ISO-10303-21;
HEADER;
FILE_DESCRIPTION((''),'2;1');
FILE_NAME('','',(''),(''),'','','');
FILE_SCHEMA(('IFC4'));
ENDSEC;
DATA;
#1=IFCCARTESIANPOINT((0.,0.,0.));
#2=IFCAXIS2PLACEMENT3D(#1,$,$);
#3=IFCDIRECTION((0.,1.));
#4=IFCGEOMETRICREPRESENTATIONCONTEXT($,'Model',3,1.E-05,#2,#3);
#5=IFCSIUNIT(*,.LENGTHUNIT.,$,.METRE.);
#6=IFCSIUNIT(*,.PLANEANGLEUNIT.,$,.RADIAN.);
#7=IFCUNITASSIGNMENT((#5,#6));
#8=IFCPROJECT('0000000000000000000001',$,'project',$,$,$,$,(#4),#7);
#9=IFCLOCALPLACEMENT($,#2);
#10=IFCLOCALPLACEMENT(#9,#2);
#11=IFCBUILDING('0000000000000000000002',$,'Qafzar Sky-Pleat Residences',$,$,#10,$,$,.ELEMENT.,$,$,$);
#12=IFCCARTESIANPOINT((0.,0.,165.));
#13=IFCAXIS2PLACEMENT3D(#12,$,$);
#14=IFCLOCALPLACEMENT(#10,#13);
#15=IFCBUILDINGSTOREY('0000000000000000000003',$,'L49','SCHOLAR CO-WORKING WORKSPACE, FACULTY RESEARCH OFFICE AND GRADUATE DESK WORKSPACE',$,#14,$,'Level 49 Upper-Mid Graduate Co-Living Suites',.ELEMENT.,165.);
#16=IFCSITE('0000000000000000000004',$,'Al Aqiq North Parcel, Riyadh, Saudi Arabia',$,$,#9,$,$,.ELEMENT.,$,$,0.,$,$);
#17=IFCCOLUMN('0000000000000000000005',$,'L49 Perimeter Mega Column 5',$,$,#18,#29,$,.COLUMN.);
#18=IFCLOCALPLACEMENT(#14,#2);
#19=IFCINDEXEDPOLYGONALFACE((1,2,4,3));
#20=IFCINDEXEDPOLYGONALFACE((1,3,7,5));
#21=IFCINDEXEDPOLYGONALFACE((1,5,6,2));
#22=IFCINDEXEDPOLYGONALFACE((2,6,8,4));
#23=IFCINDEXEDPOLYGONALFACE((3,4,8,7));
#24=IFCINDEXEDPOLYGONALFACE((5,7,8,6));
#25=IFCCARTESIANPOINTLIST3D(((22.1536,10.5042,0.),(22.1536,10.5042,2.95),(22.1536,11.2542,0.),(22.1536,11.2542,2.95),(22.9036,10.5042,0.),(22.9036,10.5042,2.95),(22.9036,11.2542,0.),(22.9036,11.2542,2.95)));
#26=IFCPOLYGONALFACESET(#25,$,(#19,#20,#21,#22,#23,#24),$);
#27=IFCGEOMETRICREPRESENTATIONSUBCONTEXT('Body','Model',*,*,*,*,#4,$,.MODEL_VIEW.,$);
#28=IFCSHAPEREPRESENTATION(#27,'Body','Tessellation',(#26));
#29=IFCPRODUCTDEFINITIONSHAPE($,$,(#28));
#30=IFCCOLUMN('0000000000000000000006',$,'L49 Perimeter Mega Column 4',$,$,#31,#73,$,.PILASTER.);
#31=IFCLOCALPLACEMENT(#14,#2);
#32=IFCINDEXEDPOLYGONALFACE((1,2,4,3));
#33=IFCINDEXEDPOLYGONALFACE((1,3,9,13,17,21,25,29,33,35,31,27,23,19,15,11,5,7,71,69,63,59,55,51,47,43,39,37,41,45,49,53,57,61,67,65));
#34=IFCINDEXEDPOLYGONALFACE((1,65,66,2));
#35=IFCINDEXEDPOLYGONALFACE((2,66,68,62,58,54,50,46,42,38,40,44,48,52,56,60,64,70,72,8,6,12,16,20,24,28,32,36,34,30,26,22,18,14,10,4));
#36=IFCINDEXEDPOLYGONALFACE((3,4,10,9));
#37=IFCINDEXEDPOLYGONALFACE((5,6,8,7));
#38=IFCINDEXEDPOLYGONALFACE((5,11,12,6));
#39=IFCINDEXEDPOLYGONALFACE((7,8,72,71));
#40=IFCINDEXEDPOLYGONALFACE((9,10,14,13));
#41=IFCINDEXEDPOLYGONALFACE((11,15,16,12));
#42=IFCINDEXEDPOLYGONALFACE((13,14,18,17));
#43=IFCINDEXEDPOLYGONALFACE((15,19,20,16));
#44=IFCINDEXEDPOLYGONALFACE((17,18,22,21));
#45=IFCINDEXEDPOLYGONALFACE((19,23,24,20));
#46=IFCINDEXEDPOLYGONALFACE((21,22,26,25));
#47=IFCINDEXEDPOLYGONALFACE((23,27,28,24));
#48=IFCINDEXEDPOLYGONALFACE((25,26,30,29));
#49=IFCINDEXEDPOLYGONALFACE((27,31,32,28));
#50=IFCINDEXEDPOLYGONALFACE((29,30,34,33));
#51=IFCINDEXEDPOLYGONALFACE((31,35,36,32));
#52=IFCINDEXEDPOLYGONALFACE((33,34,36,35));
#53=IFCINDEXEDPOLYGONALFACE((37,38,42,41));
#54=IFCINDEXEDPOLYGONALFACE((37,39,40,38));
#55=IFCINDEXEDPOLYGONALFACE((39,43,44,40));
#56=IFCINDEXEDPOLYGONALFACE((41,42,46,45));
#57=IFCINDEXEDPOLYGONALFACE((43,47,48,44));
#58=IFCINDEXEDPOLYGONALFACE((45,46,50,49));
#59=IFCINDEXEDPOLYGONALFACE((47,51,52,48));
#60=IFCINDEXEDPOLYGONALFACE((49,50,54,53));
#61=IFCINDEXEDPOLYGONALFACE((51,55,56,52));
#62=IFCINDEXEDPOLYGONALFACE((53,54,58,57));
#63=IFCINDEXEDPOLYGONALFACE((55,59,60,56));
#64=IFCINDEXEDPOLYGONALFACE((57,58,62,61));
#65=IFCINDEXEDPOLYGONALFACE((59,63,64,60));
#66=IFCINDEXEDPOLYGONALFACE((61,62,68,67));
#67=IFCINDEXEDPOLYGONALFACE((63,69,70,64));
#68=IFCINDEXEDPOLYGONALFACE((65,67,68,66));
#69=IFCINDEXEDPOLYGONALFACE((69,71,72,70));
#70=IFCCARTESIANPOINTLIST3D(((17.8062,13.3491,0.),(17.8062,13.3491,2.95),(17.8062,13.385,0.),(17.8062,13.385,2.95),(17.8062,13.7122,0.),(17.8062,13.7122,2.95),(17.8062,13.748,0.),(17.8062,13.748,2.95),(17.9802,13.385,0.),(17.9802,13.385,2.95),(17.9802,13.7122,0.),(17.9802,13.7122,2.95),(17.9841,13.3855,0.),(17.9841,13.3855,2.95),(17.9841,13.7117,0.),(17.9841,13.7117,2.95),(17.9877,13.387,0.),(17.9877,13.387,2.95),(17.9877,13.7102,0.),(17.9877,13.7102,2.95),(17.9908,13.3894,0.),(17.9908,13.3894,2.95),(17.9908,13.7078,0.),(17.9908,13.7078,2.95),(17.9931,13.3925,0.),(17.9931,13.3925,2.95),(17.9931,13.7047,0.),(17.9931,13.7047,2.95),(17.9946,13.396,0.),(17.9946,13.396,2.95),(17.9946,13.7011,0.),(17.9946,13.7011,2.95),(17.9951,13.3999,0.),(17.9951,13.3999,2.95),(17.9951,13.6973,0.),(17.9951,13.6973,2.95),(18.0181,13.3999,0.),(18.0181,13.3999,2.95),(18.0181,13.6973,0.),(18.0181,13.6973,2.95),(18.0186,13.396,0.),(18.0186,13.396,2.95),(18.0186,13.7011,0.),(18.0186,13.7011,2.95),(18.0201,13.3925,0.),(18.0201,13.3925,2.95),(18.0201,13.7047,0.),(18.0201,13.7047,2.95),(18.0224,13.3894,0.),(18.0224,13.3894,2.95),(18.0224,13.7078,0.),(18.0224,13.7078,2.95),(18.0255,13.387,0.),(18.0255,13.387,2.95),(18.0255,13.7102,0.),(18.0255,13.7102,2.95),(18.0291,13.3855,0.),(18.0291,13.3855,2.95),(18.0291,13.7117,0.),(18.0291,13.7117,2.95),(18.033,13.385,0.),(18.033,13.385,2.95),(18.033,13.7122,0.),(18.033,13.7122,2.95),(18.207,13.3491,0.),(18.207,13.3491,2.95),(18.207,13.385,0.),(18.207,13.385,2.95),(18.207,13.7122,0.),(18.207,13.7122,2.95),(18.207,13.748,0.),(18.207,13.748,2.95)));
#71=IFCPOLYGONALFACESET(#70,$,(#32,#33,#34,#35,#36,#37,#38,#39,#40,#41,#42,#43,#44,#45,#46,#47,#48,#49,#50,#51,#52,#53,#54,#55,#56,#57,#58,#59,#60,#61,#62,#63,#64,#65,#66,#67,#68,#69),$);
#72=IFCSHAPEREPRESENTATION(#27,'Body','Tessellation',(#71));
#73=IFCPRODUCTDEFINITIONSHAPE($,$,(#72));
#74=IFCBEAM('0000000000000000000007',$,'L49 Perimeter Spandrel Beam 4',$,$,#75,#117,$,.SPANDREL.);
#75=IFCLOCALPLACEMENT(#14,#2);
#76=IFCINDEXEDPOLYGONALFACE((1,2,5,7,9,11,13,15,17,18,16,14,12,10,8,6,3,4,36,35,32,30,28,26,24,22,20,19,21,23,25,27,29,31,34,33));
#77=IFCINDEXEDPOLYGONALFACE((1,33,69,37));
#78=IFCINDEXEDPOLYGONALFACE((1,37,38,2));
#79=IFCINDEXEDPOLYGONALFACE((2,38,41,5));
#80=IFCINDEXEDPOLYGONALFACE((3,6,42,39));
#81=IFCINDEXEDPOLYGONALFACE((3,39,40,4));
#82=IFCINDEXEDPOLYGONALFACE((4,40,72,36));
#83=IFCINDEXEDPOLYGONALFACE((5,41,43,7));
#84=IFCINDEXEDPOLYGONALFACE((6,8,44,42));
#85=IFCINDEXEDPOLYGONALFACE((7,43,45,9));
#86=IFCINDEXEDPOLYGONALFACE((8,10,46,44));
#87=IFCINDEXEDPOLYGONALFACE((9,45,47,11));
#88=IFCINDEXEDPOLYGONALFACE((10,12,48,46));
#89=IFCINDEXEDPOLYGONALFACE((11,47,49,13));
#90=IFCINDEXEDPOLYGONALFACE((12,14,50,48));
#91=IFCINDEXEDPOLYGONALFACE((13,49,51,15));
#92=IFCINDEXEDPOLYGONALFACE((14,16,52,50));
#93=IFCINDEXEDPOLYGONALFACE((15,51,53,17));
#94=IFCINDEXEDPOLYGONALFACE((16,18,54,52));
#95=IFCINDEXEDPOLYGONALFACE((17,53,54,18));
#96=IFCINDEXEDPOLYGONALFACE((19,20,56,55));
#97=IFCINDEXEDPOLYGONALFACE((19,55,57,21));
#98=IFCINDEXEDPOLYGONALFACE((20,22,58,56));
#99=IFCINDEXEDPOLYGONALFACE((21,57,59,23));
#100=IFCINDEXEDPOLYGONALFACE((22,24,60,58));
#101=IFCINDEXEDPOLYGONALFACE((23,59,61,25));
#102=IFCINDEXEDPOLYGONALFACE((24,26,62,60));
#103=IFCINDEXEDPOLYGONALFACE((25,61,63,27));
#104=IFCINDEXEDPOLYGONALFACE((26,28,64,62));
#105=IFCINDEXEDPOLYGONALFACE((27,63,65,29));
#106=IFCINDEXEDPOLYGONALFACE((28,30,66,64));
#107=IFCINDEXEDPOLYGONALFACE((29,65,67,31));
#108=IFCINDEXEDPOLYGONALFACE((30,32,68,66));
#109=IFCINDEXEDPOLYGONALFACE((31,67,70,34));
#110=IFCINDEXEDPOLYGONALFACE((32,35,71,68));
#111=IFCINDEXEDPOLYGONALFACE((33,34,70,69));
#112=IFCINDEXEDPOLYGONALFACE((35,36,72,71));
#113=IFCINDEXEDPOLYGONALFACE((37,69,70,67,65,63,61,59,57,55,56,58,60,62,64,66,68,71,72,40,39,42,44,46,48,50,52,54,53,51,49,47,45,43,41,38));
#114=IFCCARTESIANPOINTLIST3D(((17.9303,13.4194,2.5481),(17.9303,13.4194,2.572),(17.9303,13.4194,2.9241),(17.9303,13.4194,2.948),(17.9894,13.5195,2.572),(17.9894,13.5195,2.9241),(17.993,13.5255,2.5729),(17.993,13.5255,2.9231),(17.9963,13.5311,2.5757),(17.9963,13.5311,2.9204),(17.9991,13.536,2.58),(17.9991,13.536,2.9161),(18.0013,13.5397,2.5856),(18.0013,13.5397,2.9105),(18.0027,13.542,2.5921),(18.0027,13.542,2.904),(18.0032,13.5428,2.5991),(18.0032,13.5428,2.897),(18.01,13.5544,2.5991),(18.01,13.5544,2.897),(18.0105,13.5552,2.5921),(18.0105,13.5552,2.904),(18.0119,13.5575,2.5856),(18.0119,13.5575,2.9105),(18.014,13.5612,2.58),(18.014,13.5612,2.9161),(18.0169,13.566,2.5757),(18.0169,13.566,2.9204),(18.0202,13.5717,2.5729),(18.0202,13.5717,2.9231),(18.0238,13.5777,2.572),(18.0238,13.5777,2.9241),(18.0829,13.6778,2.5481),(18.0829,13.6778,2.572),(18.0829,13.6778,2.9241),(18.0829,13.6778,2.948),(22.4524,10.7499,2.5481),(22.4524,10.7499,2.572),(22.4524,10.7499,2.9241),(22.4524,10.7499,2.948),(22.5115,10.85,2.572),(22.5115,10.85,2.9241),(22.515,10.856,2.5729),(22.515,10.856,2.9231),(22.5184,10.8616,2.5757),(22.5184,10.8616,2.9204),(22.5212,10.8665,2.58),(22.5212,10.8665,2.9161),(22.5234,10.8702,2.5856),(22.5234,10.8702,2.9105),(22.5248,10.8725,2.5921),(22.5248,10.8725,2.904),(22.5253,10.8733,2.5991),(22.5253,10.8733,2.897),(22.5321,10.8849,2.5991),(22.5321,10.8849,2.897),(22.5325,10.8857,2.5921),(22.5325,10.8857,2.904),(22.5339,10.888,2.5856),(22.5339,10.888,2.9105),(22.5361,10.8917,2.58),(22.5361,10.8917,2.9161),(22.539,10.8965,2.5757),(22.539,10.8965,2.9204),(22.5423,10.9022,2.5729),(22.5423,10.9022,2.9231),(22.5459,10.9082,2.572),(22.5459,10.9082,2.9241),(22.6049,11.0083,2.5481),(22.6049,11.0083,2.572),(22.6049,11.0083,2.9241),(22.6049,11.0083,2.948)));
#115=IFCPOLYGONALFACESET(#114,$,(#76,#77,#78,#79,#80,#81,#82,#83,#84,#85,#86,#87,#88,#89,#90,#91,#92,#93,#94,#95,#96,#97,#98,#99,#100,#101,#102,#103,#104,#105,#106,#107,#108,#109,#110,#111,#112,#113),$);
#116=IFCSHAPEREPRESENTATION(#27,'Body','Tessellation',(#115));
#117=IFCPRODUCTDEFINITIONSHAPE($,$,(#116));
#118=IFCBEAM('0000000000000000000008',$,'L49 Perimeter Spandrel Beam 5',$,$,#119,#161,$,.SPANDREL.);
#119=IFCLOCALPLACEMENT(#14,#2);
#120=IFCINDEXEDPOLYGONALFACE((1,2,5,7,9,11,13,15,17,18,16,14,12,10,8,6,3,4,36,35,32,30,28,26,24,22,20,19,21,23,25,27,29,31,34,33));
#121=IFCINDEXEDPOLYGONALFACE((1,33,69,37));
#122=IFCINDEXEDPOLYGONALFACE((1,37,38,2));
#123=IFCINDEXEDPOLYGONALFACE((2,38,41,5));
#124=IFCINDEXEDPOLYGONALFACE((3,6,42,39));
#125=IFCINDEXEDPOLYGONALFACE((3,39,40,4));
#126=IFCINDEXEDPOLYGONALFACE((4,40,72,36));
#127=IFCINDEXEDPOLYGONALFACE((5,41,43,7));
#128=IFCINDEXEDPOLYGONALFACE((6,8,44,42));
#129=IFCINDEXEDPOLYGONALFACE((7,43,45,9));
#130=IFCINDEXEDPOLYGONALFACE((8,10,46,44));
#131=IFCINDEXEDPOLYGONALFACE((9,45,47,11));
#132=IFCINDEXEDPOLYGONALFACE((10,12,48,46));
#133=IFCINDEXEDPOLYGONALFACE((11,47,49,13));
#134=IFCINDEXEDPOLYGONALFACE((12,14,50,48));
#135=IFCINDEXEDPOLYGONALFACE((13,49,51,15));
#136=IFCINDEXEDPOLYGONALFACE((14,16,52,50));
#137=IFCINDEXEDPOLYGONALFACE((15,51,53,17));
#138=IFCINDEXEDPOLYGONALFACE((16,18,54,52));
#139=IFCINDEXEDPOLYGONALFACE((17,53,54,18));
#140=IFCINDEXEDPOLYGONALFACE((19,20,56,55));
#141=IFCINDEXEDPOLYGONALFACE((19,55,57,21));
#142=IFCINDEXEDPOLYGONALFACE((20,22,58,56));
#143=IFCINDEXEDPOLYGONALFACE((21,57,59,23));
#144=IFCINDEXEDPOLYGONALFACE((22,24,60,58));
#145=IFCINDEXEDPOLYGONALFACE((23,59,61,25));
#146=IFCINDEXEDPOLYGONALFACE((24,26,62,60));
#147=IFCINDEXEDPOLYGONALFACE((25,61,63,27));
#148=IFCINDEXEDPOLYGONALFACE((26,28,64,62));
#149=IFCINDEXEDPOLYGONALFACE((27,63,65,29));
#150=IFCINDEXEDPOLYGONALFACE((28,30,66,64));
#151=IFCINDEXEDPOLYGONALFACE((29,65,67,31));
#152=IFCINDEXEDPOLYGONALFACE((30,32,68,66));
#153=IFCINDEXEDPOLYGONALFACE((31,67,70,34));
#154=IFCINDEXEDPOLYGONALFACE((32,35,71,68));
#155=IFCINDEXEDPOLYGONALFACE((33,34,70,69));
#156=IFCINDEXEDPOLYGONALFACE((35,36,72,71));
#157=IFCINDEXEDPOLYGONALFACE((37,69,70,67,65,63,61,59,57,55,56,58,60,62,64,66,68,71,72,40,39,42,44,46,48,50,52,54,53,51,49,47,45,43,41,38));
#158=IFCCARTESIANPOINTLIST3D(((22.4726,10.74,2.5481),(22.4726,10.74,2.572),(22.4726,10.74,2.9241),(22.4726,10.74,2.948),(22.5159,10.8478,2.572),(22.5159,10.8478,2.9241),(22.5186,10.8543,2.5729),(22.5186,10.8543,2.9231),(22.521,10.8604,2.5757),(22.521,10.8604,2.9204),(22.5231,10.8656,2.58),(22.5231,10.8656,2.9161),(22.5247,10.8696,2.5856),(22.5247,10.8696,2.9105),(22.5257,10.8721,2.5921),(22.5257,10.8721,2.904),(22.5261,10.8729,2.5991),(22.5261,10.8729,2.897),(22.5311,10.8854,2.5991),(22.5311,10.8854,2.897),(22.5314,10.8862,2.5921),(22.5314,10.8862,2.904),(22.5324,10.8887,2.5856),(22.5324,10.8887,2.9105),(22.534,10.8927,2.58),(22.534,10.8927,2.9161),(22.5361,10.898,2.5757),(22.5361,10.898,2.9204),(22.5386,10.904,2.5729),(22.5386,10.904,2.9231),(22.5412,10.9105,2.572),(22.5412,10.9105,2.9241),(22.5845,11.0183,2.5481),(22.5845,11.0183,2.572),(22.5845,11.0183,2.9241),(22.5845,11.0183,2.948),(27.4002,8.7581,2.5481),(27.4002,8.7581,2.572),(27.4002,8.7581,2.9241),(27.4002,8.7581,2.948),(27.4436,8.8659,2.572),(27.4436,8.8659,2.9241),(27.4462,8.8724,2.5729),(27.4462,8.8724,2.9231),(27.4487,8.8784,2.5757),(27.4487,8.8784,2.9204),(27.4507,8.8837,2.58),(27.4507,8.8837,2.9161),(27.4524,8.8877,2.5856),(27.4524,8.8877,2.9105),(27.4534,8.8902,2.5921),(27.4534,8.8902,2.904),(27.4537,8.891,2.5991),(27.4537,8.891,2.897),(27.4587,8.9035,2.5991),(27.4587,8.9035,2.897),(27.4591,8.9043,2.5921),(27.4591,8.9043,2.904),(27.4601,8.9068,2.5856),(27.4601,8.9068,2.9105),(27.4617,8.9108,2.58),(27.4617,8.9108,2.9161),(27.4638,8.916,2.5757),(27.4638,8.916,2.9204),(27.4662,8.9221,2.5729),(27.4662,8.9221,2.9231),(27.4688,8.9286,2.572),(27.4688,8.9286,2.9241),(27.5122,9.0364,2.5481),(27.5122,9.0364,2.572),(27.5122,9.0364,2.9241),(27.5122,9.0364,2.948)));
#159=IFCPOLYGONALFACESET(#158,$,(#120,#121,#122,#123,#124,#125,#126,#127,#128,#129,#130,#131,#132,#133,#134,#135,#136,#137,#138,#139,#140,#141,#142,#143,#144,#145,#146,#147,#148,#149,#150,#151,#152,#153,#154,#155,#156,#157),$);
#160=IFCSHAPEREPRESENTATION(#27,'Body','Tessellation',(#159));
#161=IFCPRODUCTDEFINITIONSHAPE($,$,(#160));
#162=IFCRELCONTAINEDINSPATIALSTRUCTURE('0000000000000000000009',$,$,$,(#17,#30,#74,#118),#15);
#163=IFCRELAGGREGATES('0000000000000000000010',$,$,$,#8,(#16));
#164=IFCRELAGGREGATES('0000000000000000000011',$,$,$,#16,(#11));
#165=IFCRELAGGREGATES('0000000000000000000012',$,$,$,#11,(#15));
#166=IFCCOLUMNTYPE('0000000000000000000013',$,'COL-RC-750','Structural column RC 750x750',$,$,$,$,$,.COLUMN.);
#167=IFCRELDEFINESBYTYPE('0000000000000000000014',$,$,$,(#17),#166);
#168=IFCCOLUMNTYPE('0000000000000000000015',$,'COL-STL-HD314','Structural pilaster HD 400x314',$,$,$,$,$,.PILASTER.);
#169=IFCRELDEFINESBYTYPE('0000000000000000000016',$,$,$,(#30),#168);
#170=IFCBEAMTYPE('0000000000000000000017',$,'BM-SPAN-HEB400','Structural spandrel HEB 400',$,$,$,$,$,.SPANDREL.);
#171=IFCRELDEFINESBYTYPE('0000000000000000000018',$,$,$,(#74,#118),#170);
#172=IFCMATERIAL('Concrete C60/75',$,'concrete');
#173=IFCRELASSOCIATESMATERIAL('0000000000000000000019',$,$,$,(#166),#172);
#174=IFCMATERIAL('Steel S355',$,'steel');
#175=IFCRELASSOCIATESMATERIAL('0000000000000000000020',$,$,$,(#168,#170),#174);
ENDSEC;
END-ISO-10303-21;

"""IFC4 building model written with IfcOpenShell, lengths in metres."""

from ifc_helpers import new_model, si_unit, direction, frame, origin, origin_2d, place, context, subcontext, project, spatial, rectangle, i_section, extrude, source, transform, mapped, material, material_profile, profile_set, type_object, element, save


model = new_model("IFC4")

# Units and contexts
model_context = context("Model", 3, precision=1e-05, world=origin(), true_north=direction((0.0, 1.0)))
body_context = subcontext(model_context, "Body", "Model", "MODEL_VIEW")
ifc_project = project(units=[si_unit("LENGTHUNIT", "METRE"), si_unit("PLANEANGLEUNIT", "RADIAN")], contexts=[model_context])

# Site, building, storey
site_placement = place(None, origin())
site = spatial("IfcSite", under=ifc_project, at=site_placement, Name="Al Aqiq North Parcel, Riyadh, Saudi Arabia", CompositionType="ELEMENT", RefElevation=0.0)
building_placement = place(site_placement, origin())
building = spatial("IfcBuilding", under=site, at=building_placement, Name="Qafzar Sky-Pleat Residences", CompositionType="ELEMENT")
storey_placement = place(building_placement, frame((0.0, 0.0, 165.0)))
storey = spatial("IfcBuildingStorey", under=building, at=storey_placement, Name="L49", Description="SCHOLAR CO-WORKING WORKSPACE, FACULTY RESEARCH OFFICE AND GRADUATE DESK WORKSPACE", LongName="Level 49 Upper-Mid Graduate Co-Living Suites", CompositionType="ELEMENT", Elevation=165.0)

# Columns
ifc_material_1 = material(Name="Concrete C60/75", Category="concrete")
ifc_material_profile_1 = material_profile(ifc_material_1, rectangle(XDim=0.75, YDim=0.75, at=origin_2d()), Name="RC 750x750")
ifc_profile_set_1 = profile_set([ifc_material_profile_1], Name="Concrete C60/75")
column_type_1 = type_object("IfcColumnType", Name="COL-RC-750", Description="Structural column RC 750x750", PredefinedType="COLUMN", material=ifc_profile_set_1)
shared_shape_1 = source(origin(), body_context, "Body", "SweptSolid", [
    extrude(rectangle(XDim=0.75, YDim=0.75, at=origin_2d()), origin(), (0.0, 0.0, 1.0), 2.95),
])
column_1_placement = place(storey_placement, frame((22.5286, 10.8792, 0.0), z_axis=(0.0, 0.0, 1.0), x_axis=(1.0, 0.0, 0.0)))
element("IfcColumn", 1, at=column_1_placement, inside=storey, type_object=column_type_1, Name="L49 Perimeter Mega Column 5", PredefinedType="COLUMN", context=body_context, shape_type="MappedRepresentation", body=[
    mapped(shared_shape_1, transform((0.0, 0.0, 0.0), x_axis=(1.0, 0.0, 0.0), y_axis=(0.0, 1.0, 0.0), z_axis=(0.0, 0.0, 1.0), scale=1.0)),
])
ifc_material_2 = material(Name="Steel S355", Category="steel")
ifc_material_profile_2 = material_profile(ifc_material_2, i_section(OverallWidth=0.4009, OverallDepth=0.3989, WebThickness=0.0229, FlangeThickness=0.0359, FilletRadius=0.0149, at=origin_2d()), Name="HD 400x314")
ifc_profile_set_2 = profile_set([ifc_material_profile_2], Name="Steel S355")
column_type_2 = type_object("IfcColumnType", Name="COL-STL-HD314", Description="Structural pilaster HD 400x314", PredefinedType="PILASTER", material=ifc_profile_set_2)
shared_shape_2 = source(origin(), body_context, "Body", "SweptSolid", [
    extrude(i_section(OverallWidth=0.4009, OverallDepth=0.3989, WebThickness=0.0229, FlangeThickness=0.0359, FilletRadius=0.0149, at=origin_2d()), origin(), (0.0, 0.0, 1.0), 2.95),
])
column_2_placement = place(storey_placement, frame((18.0066, 13.5486, 0.0), z_axis=(0.0, 0.0, 1.0), x_axis=(1.0, 0.0, 0.0)))
element("IfcColumn", 2, at=column_2_placement, inside=storey, type_object=column_type_2, Name="L49 Perimeter Mega Column 4", PredefinedType="PILASTER", context=body_context, shape_type="MappedRepresentation", body=[
    mapped(shared_shape_2, transform((0.0, 0.0, 0.0), x_axis=(1.0, 0.0, 0.0), y_axis=(0.0, 1.0, 0.0), z_axis=(0.0, 0.0, 1.0), scale=1.0)),
])

# Beams
ifc_material_profile_3 = material_profile(ifc_material_2, i_section(OverallWidth=0.3, OverallDepth=0.3999, WebThickness=0.0134, FlangeThickness=0.0239, FilletRadius=0.0271, at=origin_2d()), Name="HEB 400")
ifc_profile_set_3 = profile_set([ifc_material_profile_3], Name="Steel S355")
beam_type_1 = type_object("IfcBeamType", Name="BM-SPAN-HEB400", Description="Structural spandrel HEB 400", PredefinedType="SPANDREL", material=ifc_profile_set_3)
shared_shape_3 = source(origin(), body_context, "Body", "SweptSolid", [
    extrude(i_section(OverallWidth=0.3, OverallDepth=0.3999, WebThickness=0.0134, FlangeThickness=0.0239, FilletRadius=0.0271, at=origin_2d()), origin(), (0.0, 0.0, 1.0), 5.2512),
])
beam_1_placement = place(storey_placement, frame((18.0066, 13.5486, 2.748), z_axis=(0.861147, -0.508356, 0.0), x_axis=(0.508356, 0.861147, 0.0)))
element("IfcBeam", 3, at=beam_1_placement, inside=storey, type_object=beam_type_1, Name="L49 Perimeter Spandrel Beam 4", PredefinedType="SPANDREL", context=body_context, shape_type="MappedRepresentation", body=[
    mapped(shared_shape_3, transform((0.0, 0.0, 0.0), x_axis=(1.0, 0.0, 0.0), y_axis=(0.0, 1.0, 0.0), z_axis=(0.0, 0.0, 1.0), scale=1.0)),
])
shared_shape_4 = source(origin(), body_context, "Body", "SweptSolid", [
    extrude(i_section(OverallWidth=0.3, OverallDepth=0.3999, WebThickness=0.0134, FlangeThickness=0.0239, FilletRadius=0.0271, at=origin_2d()), origin(), (0.0, 0.0, 1.0), 5.3113),
])
beam_2_placement = place(storey_placement, frame((22.5286, 10.8792, 2.748), z_axis=(0.927771, -0.373149, 0.0), x_axis=(0.373149, 0.927771, 0.0)))
element("IfcBeam", 4, at=beam_2_placement, inside=storey, type_object=beam_type_1, Name="L49 Perimeter Spandrel Beam 5", PredefinedType="SPANDREL", context=body_context, shape_type="MappedRepresentation", body=[
    mapped(shared_shape_4, transform((0.0, 0.0, 0.0), x_axis=(1.0, 0.0, 0.0), y_axis=(0.0, 1.0, 0.0), z_axis=(0.0, 0.0, 1.0), scale=1.0)),
])

save(model, "model.ifc")
